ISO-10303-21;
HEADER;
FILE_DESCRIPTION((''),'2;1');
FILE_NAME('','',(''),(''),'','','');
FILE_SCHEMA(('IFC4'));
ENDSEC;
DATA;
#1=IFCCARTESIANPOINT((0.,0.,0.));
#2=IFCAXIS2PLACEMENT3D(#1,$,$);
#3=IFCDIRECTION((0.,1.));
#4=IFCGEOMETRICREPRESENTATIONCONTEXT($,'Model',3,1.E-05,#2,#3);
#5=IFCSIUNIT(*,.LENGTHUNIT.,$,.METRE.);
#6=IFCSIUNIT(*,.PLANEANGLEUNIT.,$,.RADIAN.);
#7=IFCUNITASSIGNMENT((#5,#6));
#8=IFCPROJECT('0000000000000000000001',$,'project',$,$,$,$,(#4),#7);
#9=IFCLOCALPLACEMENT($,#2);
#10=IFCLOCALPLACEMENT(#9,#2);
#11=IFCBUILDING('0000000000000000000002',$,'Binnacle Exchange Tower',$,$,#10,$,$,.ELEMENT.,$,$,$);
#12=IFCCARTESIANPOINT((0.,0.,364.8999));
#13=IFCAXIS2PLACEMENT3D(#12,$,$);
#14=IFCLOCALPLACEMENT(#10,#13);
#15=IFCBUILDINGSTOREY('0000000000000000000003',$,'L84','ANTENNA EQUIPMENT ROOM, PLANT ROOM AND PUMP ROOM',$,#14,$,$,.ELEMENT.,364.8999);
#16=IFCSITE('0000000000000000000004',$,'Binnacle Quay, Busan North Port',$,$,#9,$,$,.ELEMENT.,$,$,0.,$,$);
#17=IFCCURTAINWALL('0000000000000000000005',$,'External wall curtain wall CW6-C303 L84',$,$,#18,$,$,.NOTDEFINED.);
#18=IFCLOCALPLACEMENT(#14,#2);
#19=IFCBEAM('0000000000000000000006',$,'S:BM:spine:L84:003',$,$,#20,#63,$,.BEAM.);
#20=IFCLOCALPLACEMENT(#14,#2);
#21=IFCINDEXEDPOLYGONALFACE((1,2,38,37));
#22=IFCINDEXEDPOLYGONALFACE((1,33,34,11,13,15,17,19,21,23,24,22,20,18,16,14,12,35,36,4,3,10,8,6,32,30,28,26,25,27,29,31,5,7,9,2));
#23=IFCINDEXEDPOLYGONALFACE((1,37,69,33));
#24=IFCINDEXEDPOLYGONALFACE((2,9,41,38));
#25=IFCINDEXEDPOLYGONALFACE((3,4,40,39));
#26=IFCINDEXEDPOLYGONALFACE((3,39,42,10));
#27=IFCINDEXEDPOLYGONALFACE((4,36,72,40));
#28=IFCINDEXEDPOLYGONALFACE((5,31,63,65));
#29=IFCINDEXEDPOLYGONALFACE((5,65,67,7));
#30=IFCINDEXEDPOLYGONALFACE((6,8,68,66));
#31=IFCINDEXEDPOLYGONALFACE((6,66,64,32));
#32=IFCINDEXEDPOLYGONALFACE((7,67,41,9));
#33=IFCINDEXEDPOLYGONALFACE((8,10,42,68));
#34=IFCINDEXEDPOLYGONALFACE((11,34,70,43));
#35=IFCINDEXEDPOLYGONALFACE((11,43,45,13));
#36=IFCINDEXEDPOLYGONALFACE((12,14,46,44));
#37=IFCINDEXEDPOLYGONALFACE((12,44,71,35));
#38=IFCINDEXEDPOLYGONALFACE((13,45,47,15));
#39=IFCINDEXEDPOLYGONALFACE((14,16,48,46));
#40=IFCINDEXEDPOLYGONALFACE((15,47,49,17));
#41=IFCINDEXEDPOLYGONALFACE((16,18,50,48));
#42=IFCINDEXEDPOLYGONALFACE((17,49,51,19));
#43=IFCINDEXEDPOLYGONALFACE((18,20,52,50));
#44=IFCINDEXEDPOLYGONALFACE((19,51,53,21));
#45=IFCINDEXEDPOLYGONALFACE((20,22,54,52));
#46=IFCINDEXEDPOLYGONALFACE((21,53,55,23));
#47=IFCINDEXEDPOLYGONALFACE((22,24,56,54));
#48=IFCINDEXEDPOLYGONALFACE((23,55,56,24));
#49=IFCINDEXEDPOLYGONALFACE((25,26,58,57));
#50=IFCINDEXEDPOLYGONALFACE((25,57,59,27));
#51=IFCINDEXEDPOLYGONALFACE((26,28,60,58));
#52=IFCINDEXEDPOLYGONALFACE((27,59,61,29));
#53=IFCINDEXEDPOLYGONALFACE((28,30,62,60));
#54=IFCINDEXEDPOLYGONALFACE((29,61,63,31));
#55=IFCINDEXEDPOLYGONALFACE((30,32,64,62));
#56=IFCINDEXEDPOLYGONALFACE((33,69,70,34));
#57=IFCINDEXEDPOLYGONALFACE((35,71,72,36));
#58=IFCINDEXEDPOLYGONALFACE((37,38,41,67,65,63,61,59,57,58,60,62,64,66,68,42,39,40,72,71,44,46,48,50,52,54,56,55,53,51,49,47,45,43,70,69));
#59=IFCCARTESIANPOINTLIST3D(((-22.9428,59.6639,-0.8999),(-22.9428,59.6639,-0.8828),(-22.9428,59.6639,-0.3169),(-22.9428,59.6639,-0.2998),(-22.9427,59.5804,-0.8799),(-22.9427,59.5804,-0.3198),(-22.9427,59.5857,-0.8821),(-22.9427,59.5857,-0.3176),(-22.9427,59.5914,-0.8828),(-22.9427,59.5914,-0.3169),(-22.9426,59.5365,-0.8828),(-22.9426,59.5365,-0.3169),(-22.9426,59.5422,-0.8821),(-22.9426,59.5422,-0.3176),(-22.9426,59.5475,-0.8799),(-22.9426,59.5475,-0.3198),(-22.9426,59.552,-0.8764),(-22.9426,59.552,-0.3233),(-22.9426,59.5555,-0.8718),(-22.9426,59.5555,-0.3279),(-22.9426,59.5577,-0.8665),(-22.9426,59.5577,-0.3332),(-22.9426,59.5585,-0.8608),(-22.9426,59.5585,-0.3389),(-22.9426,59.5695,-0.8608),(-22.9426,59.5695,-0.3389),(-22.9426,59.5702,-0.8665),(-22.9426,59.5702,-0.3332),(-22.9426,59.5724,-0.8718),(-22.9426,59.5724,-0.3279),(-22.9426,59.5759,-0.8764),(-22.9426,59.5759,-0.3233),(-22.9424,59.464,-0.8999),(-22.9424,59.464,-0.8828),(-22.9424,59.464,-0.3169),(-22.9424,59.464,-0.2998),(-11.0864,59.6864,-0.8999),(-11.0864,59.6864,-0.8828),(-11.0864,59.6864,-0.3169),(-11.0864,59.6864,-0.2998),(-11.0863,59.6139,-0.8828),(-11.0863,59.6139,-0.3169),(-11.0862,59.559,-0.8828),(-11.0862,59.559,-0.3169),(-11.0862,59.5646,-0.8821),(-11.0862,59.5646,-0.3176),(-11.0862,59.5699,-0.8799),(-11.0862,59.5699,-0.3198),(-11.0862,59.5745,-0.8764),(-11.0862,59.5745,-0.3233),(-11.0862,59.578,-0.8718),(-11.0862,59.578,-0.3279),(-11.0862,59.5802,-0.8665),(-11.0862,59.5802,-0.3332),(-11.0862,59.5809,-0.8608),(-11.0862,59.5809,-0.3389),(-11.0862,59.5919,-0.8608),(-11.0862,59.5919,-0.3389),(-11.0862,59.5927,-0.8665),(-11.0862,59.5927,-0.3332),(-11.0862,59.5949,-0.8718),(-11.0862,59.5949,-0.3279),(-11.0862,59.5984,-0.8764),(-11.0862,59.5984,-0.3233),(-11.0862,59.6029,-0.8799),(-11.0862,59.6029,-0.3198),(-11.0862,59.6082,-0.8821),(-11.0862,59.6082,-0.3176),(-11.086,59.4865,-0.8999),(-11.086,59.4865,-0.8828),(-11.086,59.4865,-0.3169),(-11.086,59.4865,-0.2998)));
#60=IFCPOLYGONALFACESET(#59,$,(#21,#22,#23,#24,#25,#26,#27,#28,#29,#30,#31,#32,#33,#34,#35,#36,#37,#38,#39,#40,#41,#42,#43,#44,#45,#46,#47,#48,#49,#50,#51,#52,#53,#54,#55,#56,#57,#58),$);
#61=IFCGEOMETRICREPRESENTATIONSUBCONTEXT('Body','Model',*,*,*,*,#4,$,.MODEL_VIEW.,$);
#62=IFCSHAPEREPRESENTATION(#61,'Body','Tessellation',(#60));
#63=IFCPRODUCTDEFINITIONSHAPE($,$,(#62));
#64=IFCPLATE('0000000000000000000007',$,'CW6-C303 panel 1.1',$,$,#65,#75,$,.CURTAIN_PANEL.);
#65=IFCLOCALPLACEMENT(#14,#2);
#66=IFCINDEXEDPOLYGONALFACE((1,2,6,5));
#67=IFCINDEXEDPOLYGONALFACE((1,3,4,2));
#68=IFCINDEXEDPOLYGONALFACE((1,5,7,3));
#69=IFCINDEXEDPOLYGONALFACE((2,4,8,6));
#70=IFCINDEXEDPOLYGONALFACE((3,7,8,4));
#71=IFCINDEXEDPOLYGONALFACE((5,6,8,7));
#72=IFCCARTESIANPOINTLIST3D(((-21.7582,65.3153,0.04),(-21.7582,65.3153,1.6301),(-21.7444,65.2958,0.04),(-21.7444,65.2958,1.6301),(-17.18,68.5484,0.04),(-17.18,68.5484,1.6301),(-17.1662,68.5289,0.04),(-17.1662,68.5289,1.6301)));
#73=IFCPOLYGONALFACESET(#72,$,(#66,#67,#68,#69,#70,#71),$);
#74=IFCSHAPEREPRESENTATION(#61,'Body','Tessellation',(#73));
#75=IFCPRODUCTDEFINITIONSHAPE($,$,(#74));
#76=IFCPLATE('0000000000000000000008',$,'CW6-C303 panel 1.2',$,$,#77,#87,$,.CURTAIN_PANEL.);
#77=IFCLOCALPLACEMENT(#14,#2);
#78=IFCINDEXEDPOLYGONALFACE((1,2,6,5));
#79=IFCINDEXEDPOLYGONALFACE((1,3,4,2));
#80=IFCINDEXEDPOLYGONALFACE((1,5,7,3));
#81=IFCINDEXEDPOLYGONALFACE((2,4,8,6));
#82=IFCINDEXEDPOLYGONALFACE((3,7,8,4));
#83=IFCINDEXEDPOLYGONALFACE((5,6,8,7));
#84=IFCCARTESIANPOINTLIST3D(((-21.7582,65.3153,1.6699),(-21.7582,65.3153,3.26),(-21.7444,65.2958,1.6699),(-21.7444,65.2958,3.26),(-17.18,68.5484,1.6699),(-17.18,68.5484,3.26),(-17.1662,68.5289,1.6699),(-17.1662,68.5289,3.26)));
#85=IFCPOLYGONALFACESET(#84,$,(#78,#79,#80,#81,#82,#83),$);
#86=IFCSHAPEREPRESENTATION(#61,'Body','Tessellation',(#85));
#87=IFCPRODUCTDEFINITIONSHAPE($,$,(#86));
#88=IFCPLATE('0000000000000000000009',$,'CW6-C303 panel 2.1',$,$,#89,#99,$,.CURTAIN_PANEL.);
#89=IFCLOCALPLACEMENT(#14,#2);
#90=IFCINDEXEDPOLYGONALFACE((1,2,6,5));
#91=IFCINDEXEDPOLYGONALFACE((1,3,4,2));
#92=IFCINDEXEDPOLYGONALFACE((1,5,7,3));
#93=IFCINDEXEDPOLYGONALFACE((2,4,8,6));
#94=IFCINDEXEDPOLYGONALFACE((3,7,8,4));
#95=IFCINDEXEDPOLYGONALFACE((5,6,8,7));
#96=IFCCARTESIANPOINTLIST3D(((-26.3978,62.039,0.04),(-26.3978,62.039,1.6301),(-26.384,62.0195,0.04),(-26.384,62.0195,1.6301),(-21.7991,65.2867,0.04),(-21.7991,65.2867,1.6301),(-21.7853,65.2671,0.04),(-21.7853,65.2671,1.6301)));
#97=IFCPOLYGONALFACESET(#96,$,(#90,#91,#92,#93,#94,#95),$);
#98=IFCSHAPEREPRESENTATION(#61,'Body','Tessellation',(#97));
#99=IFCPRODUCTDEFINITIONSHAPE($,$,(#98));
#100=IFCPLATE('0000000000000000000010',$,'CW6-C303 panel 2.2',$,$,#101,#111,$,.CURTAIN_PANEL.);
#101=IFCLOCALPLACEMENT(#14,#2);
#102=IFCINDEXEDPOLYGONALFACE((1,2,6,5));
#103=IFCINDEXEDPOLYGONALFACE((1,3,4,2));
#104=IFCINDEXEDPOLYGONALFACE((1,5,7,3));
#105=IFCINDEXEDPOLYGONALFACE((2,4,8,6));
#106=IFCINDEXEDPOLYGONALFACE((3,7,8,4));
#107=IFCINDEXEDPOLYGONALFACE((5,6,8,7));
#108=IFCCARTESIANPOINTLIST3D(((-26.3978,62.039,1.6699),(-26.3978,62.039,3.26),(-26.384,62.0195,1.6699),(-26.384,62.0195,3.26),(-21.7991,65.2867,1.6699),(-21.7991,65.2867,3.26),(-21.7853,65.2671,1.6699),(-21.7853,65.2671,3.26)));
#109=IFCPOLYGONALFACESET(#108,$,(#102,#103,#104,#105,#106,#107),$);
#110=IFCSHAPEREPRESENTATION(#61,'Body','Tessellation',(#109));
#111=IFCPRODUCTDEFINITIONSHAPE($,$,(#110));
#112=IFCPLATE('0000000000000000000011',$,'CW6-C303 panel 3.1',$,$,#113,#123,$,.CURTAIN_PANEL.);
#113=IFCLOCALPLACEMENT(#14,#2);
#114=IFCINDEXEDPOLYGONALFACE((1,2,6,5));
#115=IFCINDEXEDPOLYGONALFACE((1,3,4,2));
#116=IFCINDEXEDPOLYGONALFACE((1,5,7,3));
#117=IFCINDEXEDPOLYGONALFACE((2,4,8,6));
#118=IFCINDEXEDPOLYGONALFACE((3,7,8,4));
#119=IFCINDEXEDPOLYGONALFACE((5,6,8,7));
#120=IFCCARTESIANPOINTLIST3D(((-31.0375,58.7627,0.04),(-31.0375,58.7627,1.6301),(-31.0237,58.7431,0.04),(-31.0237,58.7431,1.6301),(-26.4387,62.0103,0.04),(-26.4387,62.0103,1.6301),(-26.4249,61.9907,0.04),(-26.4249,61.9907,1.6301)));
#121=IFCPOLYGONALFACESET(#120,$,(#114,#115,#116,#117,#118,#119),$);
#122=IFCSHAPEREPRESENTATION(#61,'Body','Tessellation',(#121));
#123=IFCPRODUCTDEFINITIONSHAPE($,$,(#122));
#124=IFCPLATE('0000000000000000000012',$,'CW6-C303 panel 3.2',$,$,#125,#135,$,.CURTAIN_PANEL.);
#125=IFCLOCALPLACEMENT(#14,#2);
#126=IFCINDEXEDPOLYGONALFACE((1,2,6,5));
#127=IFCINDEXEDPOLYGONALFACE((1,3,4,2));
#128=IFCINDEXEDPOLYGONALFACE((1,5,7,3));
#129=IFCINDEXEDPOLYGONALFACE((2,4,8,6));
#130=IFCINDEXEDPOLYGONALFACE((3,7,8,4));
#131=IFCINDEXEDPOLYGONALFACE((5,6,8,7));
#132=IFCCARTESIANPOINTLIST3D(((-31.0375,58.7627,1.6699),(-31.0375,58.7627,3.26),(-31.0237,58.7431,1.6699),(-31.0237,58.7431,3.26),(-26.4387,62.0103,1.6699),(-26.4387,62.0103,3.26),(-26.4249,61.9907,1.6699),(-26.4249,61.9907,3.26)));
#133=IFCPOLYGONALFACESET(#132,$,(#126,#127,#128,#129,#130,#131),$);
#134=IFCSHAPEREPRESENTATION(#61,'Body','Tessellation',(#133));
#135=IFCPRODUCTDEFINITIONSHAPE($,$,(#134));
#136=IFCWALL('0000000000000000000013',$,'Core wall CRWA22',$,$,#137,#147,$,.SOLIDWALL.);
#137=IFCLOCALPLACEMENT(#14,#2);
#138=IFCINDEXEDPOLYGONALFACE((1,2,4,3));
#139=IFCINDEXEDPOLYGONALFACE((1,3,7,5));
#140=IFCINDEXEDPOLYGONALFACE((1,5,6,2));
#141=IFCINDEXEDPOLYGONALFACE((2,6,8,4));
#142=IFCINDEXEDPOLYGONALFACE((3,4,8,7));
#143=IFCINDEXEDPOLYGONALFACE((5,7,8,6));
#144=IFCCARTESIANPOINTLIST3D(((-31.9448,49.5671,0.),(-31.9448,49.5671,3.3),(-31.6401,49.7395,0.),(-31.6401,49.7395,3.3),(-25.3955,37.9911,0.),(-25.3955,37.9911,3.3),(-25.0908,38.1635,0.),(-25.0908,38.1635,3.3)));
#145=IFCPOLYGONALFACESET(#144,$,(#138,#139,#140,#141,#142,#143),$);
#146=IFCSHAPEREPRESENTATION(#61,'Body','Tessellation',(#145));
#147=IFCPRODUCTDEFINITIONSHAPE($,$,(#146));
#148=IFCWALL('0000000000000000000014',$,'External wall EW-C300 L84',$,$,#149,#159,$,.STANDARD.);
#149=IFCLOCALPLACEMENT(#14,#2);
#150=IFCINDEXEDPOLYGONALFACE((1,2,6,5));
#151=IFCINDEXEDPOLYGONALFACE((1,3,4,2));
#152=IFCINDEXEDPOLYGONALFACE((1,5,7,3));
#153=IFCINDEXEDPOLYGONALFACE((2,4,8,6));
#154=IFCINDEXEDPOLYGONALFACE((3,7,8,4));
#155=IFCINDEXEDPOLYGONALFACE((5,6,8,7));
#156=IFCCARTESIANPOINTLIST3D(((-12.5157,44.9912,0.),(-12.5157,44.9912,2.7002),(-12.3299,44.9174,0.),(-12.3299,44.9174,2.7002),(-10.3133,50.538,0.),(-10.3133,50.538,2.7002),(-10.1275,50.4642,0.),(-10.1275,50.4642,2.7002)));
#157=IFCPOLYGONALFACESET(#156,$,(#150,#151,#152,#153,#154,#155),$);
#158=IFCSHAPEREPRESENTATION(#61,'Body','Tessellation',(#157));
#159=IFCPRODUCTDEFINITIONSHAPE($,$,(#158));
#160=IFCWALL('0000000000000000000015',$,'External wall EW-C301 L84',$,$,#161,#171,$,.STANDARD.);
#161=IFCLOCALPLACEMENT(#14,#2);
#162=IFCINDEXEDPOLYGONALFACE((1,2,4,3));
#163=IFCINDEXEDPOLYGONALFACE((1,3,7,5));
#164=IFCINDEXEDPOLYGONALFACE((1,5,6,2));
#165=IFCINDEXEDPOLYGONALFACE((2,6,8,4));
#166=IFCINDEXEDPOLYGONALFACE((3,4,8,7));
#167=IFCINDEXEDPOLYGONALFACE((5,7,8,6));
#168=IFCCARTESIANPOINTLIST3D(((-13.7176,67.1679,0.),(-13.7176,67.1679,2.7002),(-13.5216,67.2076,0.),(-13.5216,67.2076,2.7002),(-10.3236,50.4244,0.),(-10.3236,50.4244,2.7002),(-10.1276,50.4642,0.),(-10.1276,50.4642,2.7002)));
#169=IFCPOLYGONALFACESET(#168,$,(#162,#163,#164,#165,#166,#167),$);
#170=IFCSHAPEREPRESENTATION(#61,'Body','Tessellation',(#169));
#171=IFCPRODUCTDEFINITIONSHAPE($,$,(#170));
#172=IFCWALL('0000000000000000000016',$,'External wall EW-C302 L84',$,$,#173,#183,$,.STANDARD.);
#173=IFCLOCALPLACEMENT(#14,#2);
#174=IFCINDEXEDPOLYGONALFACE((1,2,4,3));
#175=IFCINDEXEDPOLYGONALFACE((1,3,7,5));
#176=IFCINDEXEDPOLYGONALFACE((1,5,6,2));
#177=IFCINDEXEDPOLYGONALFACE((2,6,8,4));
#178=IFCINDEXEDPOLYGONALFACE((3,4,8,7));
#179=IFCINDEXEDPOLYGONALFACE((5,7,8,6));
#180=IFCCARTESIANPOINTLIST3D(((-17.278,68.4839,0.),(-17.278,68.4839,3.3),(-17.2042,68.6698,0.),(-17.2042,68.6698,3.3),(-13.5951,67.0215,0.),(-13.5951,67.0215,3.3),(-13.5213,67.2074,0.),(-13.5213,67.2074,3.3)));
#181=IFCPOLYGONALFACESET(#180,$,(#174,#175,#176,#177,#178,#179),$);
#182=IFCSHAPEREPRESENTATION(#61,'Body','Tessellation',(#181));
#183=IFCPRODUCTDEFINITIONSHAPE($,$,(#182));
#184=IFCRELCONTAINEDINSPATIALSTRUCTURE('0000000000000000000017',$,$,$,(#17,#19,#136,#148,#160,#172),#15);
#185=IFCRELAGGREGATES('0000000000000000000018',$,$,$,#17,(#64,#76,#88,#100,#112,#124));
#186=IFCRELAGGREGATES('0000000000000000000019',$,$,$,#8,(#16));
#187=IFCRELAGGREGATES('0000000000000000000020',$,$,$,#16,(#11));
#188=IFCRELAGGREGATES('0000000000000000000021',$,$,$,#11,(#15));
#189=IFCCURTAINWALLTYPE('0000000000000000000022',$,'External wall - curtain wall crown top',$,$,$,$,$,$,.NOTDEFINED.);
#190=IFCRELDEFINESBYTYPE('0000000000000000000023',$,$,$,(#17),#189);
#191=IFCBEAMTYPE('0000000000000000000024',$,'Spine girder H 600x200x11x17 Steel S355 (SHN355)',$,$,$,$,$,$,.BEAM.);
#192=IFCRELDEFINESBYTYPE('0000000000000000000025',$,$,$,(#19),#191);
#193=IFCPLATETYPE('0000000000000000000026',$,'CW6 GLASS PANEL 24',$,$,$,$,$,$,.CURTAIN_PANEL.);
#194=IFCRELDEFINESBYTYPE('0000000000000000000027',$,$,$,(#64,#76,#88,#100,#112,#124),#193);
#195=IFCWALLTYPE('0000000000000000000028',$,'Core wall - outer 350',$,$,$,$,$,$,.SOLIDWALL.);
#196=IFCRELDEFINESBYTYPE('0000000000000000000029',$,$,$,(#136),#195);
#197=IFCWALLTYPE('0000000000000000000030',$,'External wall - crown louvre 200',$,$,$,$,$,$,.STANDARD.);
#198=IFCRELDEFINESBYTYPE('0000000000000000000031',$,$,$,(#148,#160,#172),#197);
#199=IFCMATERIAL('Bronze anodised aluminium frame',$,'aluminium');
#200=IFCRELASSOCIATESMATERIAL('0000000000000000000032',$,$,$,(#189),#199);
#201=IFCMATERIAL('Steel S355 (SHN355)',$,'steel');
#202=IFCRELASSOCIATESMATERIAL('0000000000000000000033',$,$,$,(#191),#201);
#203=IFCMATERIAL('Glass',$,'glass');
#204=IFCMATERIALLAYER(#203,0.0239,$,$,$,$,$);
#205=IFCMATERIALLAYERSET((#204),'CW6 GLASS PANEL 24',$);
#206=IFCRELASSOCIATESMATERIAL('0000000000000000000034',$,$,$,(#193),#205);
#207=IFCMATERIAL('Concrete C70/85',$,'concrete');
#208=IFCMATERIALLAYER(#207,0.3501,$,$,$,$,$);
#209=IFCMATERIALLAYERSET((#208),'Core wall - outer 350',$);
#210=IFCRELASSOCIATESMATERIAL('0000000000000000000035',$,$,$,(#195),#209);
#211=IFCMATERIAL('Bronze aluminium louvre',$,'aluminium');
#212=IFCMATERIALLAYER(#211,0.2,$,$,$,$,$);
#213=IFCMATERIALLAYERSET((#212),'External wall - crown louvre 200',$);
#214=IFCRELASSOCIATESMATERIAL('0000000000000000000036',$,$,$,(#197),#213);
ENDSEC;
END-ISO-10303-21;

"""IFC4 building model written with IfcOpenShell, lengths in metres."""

from ifc_helpers import new_model, si_unit, direction, frame, frame_2d, origin, origin_2d, place, context, subcontext, project, spatial, rectangle, i_section, extrude, material, layer, layer_set, material_profile, profile_set, type_object, element, aggregate, save


model = new_model("IFC4")

# Units and contexts
model_context = context("Model", 3, precision=1e-05, world=origin(), true_north=direction((0.0, 1.0)))
body_context = subcontext(model_context, "Body", "Model", "MODEL_VIEW")
ifc_project = project(units=[si_unit("LENGTHUNIT", "METRE"), si_unit("PLANEANGLEUNIT", "RADIAN")], contexts=[model_context])

# Site, building, storey
site_placement = place(None, origin())
site = spatial("IfcSite", under=ifc_project, at=site_placement, Name="Binnacle Quay, Busan North Port", CompositionType="ELEMENT", RefElevation=0.0)
building_placement = place(site_placement, origin())
building = spatial("IfcBuilding", under=site, at=building_placement, Name="Binnacle Exchange Tower", CompositionType="ELEMENT")
storey_placement = place(building_placement, frame((0.0, 0.0, 364.8999)))
storey = spatial("IfcBuildingStorey", under=building, at=storey_placement, Name="L84", Description="ANTENNA EQUIPMENT ROOM, PLANT ROOM AND PUMP ROOM", CompositionType="ELEMENT", Elevation=364.8999)

# Shared definitions
ifc_material_1 = material(Name="Steel S355 (SHN355)", Category="steel")

# Curtain wall
ifc_material_2 = material(Name="Bronze anodised aluminium frame", Category="aluminium")
curtain_wall_type = type_object("IfcCurtainWallType", Name="External wall - curtain wall crown top", PredefinedType="NOTDEFINED", material=ifc_material_2)
curtain_wall_1_placement = place(storey_placement, origin())
curtain_wall_1 = element("IfcCurtainWall", 1, at=curtain_wall_1_placement, inside=storey, type_object=curtain_wall_type, Name="External wall curtain wall CW6-C303 L84", PredefinedType="NOTDEFINED")

# Beam
ifc_material_profile_1 = material_profile(ifc_material_1, i_section(OverallWidth=0.2, OverallDepth=0.6001, WebThickness=0.011, FlangeThickness=0.0171, FilletRadius=0.022, at=origin_2d()), Name="H 600x200x11x17")
ifc_profile_set_1 = profile_set([ifc_material_profile_1], Name="Steel S355 (SHN355)")
beam_type_1 = type_object("IfcBeamType", Name="Spine girder H 600x200x11x17 Steel S355 (SHN355)", PredefinedType="BEAM", material=ifc_profile_set_1)
beam_1_placement = place(storey_placement, frame((-22.9426, 59.564, -0.5999), z_axis=(0.999998, 0.001894, 0.0), x_axis=(-0.001894, 0.999998, 0.0)))
element("IfcBeam", 2, at=beam_1_placement, inside=storey, type_object=beam_type_1, Name="S:BM:spine:L84:003", PredefinedType="BEAM", context=body_context, shape_type="SweptSolid", body=[
    extrude(i_section(OverallWidth=0.2, OverallDepth=0.6001, WebThickness=0.011, FlangeThickness=0.0171, FilletRadius=0.022, at=origin_2d()), origin(), (0.0, 0.0, 1.0), 11.8564),
])

# Plates
ifc_material_3 = material(Name="Glass", Category="glass")
ifc_layer_1 = layer(ifc_material_3, 0.0239)
ifc_layer_set_1 = layer_set([ifc_layer_1], Name="CW6 GLASS PANEL 24")
plate_type = type_object("IfcPlateType", Name="CW6 GLASS PANEL 24", PredefinedType="CURTAIN_PANEL", material=ifc_layer_set_1)
plate_1_placement = place(storey_placement, frame((-19.4622, 66.9221, 0.04), z_axis=(0.0, 0.0, 1.0), x_axis=(-0.816847, -0.576854, 0.0)))
plate_1 = element("IfcPlate", 3, at=plate_1_placement, type_object=plate_type, Name="CW6-C303 panel 1.1", PredefinedType="CURTAIN_PANEL", context=body_context, shape_type="SweptSolid", body=[
    extrude(rectangle(XDim=5.6047, YDim=0.0239, at=origin_2d()), origin(), (0.0, 0.0, 1.0), 1.5901),
])
plate_2_placement = place(storey_placement, frame((-19.4622, 66.9221, 1.6699), z_axis=(0.0, 0.0, 1.0), x_axis=(-0.816847, -0.576854, 0.0)))
plate_2 = element("IfcPlate", 4, at=plate_2_placement, type_object=plate_type, Name="CW6-C303 panel 1.2", PredefinedType="CURTAIN_PANEL", context=body_context, shape_type="SweptSolid", body=[
    extrude(rectangle(XDim=5.6047, YDim=0.0239, at=origin_2d()), origin(), (0.0, 0.0, 1.0), 1.5901),
])
plate_3_placement = place(storey_placement, frame((-24.0916, 63.6531, 0.04), z_axis=(0.0, 0.0, 1.0), x_axis=(-0.816847, -0.576854, 0.0)))
plate_3 = element("IfcPlate", 5, at=plate_3_placement, type_object=plate_type, Name="CW6-C303 panel 2.1", PredefinedType="CURTAIN_PANEL", context=body_context, shape_type="SweptSolid", body=[
    extrude(rectangle(XDim=5.6299, YDim=0.0239, at=origin_2d()), origin(), (0.0, 0.0, 1.0), 1.5901),
])
plate_4_placement = place(storey_placement, frame((-24.0916, 63.6531, 1.6699), z_axis=(0.0, 0.0, 1.0), x_axis=(-0.816847, -0.576854, 0.0)))
plate_4 = element("IfcPlate", 6, at=plate_4_placement, type_object=plate_type, Name="CW6-C303 panel 2.2", PredefinedType="CURTAIN_PANEL", context=body_context, shape_type="SweptSolid", body=[
    extrude(rectangle(XDim=5.6299, YDim=0.0239, at=origin_2d()), origin(), (0.0, 0.0, 1.0), 1.5901),
])
plate_5_placement = place(storey_placement, frame((-28.7312, 60.3767, 0.04), z_axis=(0.0, 0.0, 1.0), x_axis=(-0.816847, -0.576854, 0.0)))
plate_5 = element("IfcPlate", 7, at=plate_5_placement, type_object=plate_type, Name="CW6-C303 panel 3.1", PredefinedType="CURTAIN_PANEL", context=body_context, shape_type="SweptSolid", body=[
    extrude(rectangle(XDim=5.6299, YDim=0.0239, at=origin_2d()), origin(), (0.0, 0.0, 1.0), 1.5901),
])
plate_6_placement = place(storey_placement, frame((-28.7312, 60.3767, 1.6699), z_axis=(0.0, 0.0, 1.0), x_axis=(-0.816847, -0.576854, 0.0)))
plate_6 = element("IfcPlate", 8, at=plate_6_placement, type_object=plate_type, Name="CW6-C303 panel 3.2", PredefinedType="CURTAIN_PANEL", context=body_context, shape_type="SweptSolid", body=[
    extrude(rectangle(XDim=5.6299, YDim=0.0239, at=origin_2d()), origin(), (0.0, 0.0, 1.0), 1.5901),
])
aggregate(curtain_wall_1, [plate_1, plate_2, plate_3, plate_4, plate_5, plate_6])

# Walls
ifc_material_4 = material(Name="Concrete C70/85", Category="concrete")
ifc_layer_2 = layer(ifc_material_4, 0.3501)
ifc_layer_set_2 = layer_set([ifc_layer_2], Name="Core wall - outer 350")
wall_type_1 = type_object("IfcWallType", Name="Core wall - outer 350", PredefinedType="SOLIDWALL", material=ifc_layer_set_2)
wall_1_placement = place(storey_placement, frame((-31.7925, 49.6533, 0.0), z_axis=(0.0, 0.0, 1.0), x_axis=(0.492422, -0.870357, 0.0)))
element("IfcWall", 9, at=wall_1_placement, inside=storey, type_object=wall_type_1, Name="Core wall CRWA22", PredefinedType="SOLIDWALL", context=body_context, shape_type="SweptSolid", body=[
    extrude(rectangle(XDim=13.3003, YDim=0.3501, at=frame_2d((6.6501, 0.0))), origin(), (0.0, 0.0, 1.0), 3.3),
])
ifc_material_5 = material(Name="Bronze aluminium louvre", Category="aluminium")
ifc_layer_3 = layer(ifc_material_5, 0.2)
ifc_layer_set_3 = layer_set([ifc_layer_3], Name="External wall - crown louvre 200")
wall_type_2 = type_object("IfcWallType", Name="External wall - crown louvre 200", PredefinedType="STANDARD", material=ifc_layer_set_3)
wall_2_placement = place(storey_placement, frame((-10.2205, 50.501, 0.0), z_axis=(0.0, 0.0, 1.0), x_axis=(-0.369027, -0.929419, 0.0)))
element("IfcWall", 10, at=wall_2_placement, inside=storey, type_object=wall_type_2, Name="External wall EW-C300 L84", PredefinedType="STANDARD", context=body_context, shape_type="SweptSolid", body=[
    extrude(rectangle(XDim=5.968, YDim=0.2, at=frame_2d((2.9839, 0.0))), origin(), (0.0, 0.0, 1.0), 2.7002),
])
wall_3_placement = place(storey_placement, frame((-13.6196, 67.1877, 0.0), z_axis=(0.0, 0.0, 1.0), x_axis=(0.198669, -0.980067, 0.0)))
element("IfcWall", 11, at=wall_3_placement, inside=storey, type_object=wall_type_2, Name="External wall EW-C301 L84", PredefinedType="STANDARD", context=body_context, shape_type="SweptSolid", body=[
    extrude(rectangle(XDim=17.084, YDim=0.2, at=frame_2d((8.542, 0.0))), origin(), (0.0, 0.0, 1.0), 2.7002),
])
wall_4_placement = place(storey_placement, frame((-17.2412, 68.5769, 0.0), z_axis=(0.0, 0.0, 1.0), x_axis=(0.929409, -0.369053, 0.0)))
element("IfcWall", 12, at=wall_4_placement, inside=storey, type_object=wall_type_2, Name="External wall EW-C302 L84", PredefinedType="STANDARD", context=body_context, shape_type="SweptSolid", body=[
    extrude(rectangle(XDim=3.9626, YDim=0.2, at=frame_2d((1.9814, 0.0))), origin(), (0.0, 0.0, 1.0), 3.3),
])

save(model, "model.ifc")
